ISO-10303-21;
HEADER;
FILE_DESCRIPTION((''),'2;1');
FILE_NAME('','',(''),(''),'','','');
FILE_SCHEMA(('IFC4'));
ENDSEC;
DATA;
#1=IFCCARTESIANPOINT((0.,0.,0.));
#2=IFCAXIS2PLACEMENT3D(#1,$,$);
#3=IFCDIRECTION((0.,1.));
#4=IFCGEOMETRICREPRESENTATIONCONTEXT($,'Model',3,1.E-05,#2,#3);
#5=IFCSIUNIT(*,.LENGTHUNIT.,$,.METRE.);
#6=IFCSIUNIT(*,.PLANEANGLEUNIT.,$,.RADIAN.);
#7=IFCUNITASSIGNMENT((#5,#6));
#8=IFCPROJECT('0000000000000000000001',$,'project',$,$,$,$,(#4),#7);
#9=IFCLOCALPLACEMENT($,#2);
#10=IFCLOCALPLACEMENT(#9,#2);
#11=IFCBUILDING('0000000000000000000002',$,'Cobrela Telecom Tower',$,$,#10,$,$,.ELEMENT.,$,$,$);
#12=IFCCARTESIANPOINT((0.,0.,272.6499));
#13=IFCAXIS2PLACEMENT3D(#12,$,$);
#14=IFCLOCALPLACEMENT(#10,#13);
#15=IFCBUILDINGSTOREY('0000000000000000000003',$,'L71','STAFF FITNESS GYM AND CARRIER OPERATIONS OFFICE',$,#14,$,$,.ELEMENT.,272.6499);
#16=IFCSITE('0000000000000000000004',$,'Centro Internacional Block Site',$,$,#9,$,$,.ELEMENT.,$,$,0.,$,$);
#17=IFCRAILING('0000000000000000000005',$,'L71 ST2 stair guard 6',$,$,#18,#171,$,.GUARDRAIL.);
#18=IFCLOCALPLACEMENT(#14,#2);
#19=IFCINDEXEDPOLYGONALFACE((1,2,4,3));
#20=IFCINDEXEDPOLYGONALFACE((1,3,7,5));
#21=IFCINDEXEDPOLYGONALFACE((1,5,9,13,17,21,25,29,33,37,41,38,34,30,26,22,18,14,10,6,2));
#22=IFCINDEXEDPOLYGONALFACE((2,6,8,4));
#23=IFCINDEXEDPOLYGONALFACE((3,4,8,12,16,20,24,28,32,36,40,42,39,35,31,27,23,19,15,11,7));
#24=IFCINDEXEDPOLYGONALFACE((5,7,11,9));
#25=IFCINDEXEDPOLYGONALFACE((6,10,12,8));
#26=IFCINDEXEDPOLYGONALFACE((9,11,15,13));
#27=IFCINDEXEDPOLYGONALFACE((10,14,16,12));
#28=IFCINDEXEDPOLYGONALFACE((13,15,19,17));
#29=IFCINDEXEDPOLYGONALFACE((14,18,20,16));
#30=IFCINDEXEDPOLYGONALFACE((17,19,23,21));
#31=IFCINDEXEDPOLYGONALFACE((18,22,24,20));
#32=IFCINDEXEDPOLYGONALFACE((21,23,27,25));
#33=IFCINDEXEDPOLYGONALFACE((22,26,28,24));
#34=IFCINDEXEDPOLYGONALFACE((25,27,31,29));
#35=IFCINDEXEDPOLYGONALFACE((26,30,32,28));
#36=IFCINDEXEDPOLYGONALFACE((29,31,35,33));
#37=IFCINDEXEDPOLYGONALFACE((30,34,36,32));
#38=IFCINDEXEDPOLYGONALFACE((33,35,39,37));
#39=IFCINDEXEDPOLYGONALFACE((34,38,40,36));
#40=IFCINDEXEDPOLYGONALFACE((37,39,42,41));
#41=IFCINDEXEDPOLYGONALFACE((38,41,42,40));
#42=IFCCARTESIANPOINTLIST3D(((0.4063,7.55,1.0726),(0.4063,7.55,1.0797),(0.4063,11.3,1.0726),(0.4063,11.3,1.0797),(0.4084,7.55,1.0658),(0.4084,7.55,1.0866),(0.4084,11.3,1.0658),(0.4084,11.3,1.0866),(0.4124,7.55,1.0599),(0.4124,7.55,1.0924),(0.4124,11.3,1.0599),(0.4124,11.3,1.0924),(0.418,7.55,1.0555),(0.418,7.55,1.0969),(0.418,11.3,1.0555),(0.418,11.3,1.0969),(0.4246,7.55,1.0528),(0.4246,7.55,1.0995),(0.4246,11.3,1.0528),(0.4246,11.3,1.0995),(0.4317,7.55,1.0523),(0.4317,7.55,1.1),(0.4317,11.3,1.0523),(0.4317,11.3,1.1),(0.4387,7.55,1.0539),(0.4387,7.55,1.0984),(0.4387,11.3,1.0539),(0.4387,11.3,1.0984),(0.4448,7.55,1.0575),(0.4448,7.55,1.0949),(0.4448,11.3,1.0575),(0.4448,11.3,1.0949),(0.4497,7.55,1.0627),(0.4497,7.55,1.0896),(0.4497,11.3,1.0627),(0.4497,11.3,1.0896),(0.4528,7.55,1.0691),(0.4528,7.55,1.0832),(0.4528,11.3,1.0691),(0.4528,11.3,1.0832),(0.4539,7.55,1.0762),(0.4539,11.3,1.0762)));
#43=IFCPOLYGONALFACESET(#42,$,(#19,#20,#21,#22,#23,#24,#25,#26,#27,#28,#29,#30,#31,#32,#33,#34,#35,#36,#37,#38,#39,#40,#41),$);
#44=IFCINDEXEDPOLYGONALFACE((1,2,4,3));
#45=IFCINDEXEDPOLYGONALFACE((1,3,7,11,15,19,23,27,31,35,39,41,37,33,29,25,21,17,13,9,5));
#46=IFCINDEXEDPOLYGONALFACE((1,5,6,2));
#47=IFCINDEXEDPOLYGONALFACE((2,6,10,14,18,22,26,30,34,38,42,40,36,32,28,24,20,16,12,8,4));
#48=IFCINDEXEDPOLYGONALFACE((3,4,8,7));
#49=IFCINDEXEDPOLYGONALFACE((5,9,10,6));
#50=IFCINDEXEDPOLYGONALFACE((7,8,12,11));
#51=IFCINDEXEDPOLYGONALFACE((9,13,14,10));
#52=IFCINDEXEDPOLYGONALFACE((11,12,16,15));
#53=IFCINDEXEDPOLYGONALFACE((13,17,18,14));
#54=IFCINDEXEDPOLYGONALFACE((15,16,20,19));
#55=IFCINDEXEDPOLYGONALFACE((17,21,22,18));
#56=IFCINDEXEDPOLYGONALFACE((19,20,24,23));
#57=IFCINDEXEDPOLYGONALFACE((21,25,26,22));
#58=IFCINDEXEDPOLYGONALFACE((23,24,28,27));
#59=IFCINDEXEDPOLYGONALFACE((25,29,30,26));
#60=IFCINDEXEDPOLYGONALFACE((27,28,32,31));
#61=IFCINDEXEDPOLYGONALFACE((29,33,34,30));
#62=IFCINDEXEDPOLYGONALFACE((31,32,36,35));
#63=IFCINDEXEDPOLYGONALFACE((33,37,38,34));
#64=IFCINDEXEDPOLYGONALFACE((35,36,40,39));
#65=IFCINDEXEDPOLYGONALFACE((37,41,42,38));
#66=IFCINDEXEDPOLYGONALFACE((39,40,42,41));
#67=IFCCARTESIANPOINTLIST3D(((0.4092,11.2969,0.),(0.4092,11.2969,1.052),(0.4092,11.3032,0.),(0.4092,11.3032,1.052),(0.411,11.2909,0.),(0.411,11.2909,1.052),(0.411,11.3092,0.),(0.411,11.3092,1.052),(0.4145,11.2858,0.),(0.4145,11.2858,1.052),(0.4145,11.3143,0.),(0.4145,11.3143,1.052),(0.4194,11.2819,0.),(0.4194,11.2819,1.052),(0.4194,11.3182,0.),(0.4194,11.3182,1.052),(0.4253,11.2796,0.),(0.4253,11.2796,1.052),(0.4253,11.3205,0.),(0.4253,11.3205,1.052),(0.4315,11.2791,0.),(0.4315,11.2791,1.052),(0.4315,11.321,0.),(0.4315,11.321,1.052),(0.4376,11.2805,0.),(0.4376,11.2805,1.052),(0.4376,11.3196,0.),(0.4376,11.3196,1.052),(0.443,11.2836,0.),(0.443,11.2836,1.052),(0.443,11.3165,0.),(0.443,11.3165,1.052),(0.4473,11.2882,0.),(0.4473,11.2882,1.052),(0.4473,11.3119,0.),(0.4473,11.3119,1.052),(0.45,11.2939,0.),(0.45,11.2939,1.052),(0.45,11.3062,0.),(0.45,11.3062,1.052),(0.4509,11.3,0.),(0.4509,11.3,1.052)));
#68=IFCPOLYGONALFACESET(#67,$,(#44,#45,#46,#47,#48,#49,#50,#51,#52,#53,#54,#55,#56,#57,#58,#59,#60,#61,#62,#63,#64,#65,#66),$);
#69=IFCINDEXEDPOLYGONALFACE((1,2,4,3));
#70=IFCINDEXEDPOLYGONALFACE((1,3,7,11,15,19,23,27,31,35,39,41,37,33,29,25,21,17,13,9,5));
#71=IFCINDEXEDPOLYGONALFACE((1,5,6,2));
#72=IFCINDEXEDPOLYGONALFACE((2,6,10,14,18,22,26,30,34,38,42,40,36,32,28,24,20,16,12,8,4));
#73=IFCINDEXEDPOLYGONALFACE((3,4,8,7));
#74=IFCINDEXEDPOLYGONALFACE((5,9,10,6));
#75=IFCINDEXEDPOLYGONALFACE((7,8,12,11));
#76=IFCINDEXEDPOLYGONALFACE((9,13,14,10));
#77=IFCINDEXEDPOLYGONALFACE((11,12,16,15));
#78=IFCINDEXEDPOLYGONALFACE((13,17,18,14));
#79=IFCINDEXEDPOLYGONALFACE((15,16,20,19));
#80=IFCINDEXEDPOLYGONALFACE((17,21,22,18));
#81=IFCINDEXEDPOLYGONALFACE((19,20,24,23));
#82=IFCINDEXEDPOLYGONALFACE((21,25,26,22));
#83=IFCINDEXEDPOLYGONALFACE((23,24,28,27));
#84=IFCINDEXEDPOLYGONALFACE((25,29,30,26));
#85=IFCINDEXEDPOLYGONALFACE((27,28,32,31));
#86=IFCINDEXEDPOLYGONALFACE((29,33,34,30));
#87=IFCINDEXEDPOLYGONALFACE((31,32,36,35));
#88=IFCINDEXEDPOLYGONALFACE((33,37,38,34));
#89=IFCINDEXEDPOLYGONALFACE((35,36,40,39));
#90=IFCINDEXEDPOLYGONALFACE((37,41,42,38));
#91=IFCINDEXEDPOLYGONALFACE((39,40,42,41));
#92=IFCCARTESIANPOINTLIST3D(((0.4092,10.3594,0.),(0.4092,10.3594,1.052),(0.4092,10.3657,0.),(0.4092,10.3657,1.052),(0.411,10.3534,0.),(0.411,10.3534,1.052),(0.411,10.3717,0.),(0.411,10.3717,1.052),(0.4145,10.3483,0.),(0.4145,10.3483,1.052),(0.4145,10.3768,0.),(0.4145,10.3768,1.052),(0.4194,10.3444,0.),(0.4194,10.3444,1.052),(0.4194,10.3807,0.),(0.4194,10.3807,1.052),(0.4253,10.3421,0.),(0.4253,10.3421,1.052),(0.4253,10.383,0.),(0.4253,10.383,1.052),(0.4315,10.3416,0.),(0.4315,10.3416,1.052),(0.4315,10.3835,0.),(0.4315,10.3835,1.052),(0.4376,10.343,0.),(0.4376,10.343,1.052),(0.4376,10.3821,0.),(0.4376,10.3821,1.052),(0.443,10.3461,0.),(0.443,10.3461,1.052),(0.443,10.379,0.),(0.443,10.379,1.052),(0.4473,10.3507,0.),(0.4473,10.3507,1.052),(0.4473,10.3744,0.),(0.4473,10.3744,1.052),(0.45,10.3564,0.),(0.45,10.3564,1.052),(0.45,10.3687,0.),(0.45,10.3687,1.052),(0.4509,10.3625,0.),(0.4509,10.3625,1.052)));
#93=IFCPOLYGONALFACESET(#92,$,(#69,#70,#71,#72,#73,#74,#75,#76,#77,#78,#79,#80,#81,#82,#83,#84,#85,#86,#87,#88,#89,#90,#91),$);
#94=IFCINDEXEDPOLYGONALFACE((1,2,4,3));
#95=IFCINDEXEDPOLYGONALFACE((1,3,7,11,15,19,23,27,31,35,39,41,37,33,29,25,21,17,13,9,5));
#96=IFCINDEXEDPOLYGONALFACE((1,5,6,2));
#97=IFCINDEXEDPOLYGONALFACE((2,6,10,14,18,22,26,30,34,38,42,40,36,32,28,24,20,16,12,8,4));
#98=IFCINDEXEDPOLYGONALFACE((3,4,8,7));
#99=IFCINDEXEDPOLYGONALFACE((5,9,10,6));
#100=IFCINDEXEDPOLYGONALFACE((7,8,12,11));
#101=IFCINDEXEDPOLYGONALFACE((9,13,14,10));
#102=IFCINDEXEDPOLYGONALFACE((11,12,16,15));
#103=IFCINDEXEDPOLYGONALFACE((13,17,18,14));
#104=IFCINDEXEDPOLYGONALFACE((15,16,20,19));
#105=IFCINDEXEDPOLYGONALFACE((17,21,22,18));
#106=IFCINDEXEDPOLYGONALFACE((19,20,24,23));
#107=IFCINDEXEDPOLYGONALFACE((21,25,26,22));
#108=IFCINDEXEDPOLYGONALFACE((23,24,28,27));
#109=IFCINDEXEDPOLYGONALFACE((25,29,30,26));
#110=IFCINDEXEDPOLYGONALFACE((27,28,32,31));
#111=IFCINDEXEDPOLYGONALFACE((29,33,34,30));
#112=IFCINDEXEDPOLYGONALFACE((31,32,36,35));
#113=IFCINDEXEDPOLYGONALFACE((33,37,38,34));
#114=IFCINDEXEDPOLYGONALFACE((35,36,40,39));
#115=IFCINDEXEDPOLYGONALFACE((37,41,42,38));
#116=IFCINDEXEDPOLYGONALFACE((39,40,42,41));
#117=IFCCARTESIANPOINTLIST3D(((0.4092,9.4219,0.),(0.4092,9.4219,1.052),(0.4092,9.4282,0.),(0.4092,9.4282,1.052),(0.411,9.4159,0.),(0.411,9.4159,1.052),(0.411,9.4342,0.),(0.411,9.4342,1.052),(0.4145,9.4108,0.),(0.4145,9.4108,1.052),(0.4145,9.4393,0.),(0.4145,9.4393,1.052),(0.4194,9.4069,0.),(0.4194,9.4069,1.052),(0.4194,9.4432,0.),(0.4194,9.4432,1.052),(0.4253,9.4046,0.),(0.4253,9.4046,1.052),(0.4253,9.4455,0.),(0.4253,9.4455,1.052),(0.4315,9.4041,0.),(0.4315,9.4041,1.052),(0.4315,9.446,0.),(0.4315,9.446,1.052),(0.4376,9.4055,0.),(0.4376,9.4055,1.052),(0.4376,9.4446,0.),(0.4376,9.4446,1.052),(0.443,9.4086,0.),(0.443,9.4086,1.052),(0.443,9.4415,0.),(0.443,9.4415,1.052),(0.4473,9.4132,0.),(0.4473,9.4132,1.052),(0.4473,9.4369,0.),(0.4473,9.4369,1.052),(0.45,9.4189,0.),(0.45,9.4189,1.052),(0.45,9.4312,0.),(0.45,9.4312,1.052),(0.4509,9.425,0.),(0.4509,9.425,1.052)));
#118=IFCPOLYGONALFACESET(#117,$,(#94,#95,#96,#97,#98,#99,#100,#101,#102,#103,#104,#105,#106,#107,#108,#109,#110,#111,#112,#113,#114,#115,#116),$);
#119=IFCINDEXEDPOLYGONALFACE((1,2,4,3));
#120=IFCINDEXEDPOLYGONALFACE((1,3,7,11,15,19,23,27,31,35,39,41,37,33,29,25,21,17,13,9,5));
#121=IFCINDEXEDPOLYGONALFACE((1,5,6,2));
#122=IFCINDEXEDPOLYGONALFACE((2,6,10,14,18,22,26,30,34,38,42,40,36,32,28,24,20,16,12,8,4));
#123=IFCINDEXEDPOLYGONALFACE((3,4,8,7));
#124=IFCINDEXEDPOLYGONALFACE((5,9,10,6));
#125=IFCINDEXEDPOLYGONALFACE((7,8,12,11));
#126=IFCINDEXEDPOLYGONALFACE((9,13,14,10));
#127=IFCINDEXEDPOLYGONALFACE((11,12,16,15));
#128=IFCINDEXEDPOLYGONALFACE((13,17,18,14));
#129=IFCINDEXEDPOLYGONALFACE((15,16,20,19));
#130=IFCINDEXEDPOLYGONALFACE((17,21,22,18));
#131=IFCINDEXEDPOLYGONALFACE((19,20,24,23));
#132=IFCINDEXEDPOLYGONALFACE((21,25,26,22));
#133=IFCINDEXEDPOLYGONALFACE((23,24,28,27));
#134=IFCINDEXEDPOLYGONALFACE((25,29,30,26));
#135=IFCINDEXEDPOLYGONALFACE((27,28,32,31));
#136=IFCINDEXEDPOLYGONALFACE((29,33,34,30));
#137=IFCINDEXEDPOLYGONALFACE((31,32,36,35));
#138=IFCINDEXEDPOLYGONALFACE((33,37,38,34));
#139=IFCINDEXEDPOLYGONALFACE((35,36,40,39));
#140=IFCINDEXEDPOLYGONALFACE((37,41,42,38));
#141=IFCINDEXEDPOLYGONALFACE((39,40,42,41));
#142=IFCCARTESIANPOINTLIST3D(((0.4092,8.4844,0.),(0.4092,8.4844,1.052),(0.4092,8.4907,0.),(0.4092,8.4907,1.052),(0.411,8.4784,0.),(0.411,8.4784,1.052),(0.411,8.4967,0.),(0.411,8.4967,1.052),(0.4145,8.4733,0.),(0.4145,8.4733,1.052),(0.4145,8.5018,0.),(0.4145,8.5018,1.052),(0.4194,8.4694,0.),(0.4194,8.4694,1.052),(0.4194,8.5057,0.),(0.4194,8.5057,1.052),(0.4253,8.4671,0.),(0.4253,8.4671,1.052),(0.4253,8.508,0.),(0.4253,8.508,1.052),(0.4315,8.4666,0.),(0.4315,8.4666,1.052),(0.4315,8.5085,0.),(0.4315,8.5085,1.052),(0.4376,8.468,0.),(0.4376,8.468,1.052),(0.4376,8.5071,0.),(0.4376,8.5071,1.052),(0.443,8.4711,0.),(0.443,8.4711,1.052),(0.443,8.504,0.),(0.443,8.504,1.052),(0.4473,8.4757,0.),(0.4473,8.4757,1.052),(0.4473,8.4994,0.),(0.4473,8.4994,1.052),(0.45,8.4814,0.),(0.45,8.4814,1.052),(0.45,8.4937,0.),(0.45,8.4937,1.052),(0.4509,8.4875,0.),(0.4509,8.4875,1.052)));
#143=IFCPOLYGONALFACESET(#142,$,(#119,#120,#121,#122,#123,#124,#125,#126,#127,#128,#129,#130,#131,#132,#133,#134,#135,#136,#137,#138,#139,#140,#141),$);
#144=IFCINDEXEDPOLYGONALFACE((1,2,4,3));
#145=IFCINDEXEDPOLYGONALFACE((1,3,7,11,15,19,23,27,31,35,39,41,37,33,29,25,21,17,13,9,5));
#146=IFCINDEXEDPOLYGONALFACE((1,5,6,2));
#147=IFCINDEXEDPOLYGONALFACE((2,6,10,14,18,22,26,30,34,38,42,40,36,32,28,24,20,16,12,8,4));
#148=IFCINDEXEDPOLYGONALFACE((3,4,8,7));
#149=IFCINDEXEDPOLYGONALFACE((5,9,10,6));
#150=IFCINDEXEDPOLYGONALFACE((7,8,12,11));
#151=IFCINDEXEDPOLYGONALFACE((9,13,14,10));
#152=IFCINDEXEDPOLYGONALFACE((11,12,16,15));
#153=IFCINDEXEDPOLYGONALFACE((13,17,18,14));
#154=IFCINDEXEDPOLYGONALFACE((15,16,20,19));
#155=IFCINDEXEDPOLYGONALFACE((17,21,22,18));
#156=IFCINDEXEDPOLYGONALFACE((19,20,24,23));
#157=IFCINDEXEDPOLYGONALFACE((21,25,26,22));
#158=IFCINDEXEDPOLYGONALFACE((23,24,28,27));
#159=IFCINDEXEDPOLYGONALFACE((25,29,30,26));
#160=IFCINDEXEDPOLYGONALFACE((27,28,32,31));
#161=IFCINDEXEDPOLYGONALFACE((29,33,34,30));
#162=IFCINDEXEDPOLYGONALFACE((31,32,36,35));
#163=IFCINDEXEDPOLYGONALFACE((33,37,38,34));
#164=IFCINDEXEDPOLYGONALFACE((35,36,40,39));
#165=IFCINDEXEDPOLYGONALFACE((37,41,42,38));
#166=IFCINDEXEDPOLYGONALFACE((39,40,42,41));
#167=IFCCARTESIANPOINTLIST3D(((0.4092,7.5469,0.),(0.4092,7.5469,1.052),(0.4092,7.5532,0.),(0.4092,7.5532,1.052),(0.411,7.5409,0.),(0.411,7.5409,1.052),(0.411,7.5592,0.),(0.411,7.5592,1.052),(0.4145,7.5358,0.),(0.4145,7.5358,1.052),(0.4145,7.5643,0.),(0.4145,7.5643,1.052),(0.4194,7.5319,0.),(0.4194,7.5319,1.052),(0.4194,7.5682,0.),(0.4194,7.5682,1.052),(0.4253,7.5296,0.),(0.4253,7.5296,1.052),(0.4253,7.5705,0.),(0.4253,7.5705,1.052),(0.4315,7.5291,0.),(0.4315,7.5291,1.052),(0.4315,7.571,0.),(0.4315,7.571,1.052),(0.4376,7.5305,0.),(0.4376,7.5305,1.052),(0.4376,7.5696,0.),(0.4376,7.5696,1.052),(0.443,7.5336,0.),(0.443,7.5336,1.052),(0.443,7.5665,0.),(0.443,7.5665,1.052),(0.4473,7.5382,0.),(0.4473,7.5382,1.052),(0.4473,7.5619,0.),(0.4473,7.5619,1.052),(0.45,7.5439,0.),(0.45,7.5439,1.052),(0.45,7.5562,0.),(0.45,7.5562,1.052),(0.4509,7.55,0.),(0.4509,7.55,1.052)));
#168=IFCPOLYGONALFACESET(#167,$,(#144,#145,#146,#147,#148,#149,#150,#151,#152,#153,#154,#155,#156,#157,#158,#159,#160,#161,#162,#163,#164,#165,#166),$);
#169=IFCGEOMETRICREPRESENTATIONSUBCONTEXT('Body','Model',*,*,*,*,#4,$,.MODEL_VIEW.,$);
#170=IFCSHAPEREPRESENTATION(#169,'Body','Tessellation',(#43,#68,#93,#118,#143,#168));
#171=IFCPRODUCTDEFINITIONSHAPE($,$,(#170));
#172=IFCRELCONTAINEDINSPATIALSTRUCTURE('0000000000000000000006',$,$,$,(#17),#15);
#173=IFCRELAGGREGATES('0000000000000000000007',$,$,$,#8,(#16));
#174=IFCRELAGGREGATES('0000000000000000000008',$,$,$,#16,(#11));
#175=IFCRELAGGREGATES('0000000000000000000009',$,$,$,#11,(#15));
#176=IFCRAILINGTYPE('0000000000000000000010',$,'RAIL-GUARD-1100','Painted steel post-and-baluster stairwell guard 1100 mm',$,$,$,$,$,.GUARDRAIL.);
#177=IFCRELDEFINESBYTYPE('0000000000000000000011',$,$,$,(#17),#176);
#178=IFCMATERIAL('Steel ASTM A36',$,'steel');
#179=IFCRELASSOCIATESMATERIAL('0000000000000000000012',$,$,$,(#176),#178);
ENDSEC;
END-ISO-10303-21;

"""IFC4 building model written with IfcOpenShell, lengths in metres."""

from ifc_helpers import new_model, si_unit, direction, frame, origin, origin_2d, place, context, subcontext, project, spatial, circle, extrude, material, type_object, element, save


model = new_model("IFC4")

# Units and contexts
model_context = context("Model", 3, precision=1e-05, world=origin(), true_north=direction((0.0, 1.0)))
body_context = subcontext(model_context, "Body", "Model", "MODEL_VIEW")
ifc_project = project(units=[si_unit("LENGTHUNIT", "METRE"), si_unit("PLANEANGLEUNIT", "RADIAN")], contexts=[model_context])

# Site, building, storey
site_placement = place(None, origin())
site = spatial("IfcSite", under=ifc_project, at=site_placement, Name="Centro Internacional Block Site", CompositionType="ELEMENT", RefElevation=0.0)
building_placement = place(site_placement, origin())
building = spatial("IfcBuilding", under=site, at=building_placement, Name="Cobrela Telecom Tower", CompositionType="ELEMENT")
storey_placement = place(building_placement, frame((0.0, 0.0, 272.6499)))
storey = spatial("IfcBuildingStorey", under=building, at=storey_placement, Name="L71", Description="STAFF FITNESS GYM AND CARRIER OPERATIONS OFFICE", CompositionType="ELEMENT", Elevation=272.6499)

# Shared definitions
ifc_material_1 = material(Name="Steel ASTM A36", Category="steel")

# Railing
railing_type = type_object("IfcRailingType", Name="RAIL-GUARD-1100", Description="Painted steel post-and-baluster stairwell guard 1100 mm", PredefinedType="GUARDRAIL", material=ifc_material_1)
railing_1_placement = place(storey_placement, frame((0.4299, 11.3, 0.0)))
element("IfcRailing", 1, at=railing_1_placement, inside=storey, type_object=railing_type, Name="L71 ST2 stair guard 6", PredefinedType="GUARDRAIL", context=body_context, shape_type="SweptSolid", body=[
    extrude(circle(Radius=0.0239, at=origin_2d()), frame((0.0, 0.0, 1.0762), z_axis=(0.0, -1.0, 0.0), x_axis=(1.0, 0.0, 0.0)), (0.0, 0.0, 1.0), 3.75),
    extrude(circle(Radius=0.021, at=origin_2d()), origin(), (0.0, 0.0, 1.0), 1.052),
    extrude(circle(Radius=0.021, at=origin_2d()), frame((0.0, -0.9375, 0.0)), (0.0, 0.0, 1.0), 1.052),
    extrude(circle(Radius=0.021, at=origin_2d()), frame((0.0, -1.875, 0.0)), (0.0, 0.0, 1.0), 1.052),
    extrude(circle(Radius=0.021, at=origin_2d()), frame((0.0, -2.8125, 0.0)), (0.0, 0.0, 1.0), 1.052),
    extrude(circle(Radius=0.021, at=origin_2d()), frame((0.0, -3.75, 0.0)), (0.0, 0.0, 1.0), 1.052),
])

save(model, "model.ifc")
